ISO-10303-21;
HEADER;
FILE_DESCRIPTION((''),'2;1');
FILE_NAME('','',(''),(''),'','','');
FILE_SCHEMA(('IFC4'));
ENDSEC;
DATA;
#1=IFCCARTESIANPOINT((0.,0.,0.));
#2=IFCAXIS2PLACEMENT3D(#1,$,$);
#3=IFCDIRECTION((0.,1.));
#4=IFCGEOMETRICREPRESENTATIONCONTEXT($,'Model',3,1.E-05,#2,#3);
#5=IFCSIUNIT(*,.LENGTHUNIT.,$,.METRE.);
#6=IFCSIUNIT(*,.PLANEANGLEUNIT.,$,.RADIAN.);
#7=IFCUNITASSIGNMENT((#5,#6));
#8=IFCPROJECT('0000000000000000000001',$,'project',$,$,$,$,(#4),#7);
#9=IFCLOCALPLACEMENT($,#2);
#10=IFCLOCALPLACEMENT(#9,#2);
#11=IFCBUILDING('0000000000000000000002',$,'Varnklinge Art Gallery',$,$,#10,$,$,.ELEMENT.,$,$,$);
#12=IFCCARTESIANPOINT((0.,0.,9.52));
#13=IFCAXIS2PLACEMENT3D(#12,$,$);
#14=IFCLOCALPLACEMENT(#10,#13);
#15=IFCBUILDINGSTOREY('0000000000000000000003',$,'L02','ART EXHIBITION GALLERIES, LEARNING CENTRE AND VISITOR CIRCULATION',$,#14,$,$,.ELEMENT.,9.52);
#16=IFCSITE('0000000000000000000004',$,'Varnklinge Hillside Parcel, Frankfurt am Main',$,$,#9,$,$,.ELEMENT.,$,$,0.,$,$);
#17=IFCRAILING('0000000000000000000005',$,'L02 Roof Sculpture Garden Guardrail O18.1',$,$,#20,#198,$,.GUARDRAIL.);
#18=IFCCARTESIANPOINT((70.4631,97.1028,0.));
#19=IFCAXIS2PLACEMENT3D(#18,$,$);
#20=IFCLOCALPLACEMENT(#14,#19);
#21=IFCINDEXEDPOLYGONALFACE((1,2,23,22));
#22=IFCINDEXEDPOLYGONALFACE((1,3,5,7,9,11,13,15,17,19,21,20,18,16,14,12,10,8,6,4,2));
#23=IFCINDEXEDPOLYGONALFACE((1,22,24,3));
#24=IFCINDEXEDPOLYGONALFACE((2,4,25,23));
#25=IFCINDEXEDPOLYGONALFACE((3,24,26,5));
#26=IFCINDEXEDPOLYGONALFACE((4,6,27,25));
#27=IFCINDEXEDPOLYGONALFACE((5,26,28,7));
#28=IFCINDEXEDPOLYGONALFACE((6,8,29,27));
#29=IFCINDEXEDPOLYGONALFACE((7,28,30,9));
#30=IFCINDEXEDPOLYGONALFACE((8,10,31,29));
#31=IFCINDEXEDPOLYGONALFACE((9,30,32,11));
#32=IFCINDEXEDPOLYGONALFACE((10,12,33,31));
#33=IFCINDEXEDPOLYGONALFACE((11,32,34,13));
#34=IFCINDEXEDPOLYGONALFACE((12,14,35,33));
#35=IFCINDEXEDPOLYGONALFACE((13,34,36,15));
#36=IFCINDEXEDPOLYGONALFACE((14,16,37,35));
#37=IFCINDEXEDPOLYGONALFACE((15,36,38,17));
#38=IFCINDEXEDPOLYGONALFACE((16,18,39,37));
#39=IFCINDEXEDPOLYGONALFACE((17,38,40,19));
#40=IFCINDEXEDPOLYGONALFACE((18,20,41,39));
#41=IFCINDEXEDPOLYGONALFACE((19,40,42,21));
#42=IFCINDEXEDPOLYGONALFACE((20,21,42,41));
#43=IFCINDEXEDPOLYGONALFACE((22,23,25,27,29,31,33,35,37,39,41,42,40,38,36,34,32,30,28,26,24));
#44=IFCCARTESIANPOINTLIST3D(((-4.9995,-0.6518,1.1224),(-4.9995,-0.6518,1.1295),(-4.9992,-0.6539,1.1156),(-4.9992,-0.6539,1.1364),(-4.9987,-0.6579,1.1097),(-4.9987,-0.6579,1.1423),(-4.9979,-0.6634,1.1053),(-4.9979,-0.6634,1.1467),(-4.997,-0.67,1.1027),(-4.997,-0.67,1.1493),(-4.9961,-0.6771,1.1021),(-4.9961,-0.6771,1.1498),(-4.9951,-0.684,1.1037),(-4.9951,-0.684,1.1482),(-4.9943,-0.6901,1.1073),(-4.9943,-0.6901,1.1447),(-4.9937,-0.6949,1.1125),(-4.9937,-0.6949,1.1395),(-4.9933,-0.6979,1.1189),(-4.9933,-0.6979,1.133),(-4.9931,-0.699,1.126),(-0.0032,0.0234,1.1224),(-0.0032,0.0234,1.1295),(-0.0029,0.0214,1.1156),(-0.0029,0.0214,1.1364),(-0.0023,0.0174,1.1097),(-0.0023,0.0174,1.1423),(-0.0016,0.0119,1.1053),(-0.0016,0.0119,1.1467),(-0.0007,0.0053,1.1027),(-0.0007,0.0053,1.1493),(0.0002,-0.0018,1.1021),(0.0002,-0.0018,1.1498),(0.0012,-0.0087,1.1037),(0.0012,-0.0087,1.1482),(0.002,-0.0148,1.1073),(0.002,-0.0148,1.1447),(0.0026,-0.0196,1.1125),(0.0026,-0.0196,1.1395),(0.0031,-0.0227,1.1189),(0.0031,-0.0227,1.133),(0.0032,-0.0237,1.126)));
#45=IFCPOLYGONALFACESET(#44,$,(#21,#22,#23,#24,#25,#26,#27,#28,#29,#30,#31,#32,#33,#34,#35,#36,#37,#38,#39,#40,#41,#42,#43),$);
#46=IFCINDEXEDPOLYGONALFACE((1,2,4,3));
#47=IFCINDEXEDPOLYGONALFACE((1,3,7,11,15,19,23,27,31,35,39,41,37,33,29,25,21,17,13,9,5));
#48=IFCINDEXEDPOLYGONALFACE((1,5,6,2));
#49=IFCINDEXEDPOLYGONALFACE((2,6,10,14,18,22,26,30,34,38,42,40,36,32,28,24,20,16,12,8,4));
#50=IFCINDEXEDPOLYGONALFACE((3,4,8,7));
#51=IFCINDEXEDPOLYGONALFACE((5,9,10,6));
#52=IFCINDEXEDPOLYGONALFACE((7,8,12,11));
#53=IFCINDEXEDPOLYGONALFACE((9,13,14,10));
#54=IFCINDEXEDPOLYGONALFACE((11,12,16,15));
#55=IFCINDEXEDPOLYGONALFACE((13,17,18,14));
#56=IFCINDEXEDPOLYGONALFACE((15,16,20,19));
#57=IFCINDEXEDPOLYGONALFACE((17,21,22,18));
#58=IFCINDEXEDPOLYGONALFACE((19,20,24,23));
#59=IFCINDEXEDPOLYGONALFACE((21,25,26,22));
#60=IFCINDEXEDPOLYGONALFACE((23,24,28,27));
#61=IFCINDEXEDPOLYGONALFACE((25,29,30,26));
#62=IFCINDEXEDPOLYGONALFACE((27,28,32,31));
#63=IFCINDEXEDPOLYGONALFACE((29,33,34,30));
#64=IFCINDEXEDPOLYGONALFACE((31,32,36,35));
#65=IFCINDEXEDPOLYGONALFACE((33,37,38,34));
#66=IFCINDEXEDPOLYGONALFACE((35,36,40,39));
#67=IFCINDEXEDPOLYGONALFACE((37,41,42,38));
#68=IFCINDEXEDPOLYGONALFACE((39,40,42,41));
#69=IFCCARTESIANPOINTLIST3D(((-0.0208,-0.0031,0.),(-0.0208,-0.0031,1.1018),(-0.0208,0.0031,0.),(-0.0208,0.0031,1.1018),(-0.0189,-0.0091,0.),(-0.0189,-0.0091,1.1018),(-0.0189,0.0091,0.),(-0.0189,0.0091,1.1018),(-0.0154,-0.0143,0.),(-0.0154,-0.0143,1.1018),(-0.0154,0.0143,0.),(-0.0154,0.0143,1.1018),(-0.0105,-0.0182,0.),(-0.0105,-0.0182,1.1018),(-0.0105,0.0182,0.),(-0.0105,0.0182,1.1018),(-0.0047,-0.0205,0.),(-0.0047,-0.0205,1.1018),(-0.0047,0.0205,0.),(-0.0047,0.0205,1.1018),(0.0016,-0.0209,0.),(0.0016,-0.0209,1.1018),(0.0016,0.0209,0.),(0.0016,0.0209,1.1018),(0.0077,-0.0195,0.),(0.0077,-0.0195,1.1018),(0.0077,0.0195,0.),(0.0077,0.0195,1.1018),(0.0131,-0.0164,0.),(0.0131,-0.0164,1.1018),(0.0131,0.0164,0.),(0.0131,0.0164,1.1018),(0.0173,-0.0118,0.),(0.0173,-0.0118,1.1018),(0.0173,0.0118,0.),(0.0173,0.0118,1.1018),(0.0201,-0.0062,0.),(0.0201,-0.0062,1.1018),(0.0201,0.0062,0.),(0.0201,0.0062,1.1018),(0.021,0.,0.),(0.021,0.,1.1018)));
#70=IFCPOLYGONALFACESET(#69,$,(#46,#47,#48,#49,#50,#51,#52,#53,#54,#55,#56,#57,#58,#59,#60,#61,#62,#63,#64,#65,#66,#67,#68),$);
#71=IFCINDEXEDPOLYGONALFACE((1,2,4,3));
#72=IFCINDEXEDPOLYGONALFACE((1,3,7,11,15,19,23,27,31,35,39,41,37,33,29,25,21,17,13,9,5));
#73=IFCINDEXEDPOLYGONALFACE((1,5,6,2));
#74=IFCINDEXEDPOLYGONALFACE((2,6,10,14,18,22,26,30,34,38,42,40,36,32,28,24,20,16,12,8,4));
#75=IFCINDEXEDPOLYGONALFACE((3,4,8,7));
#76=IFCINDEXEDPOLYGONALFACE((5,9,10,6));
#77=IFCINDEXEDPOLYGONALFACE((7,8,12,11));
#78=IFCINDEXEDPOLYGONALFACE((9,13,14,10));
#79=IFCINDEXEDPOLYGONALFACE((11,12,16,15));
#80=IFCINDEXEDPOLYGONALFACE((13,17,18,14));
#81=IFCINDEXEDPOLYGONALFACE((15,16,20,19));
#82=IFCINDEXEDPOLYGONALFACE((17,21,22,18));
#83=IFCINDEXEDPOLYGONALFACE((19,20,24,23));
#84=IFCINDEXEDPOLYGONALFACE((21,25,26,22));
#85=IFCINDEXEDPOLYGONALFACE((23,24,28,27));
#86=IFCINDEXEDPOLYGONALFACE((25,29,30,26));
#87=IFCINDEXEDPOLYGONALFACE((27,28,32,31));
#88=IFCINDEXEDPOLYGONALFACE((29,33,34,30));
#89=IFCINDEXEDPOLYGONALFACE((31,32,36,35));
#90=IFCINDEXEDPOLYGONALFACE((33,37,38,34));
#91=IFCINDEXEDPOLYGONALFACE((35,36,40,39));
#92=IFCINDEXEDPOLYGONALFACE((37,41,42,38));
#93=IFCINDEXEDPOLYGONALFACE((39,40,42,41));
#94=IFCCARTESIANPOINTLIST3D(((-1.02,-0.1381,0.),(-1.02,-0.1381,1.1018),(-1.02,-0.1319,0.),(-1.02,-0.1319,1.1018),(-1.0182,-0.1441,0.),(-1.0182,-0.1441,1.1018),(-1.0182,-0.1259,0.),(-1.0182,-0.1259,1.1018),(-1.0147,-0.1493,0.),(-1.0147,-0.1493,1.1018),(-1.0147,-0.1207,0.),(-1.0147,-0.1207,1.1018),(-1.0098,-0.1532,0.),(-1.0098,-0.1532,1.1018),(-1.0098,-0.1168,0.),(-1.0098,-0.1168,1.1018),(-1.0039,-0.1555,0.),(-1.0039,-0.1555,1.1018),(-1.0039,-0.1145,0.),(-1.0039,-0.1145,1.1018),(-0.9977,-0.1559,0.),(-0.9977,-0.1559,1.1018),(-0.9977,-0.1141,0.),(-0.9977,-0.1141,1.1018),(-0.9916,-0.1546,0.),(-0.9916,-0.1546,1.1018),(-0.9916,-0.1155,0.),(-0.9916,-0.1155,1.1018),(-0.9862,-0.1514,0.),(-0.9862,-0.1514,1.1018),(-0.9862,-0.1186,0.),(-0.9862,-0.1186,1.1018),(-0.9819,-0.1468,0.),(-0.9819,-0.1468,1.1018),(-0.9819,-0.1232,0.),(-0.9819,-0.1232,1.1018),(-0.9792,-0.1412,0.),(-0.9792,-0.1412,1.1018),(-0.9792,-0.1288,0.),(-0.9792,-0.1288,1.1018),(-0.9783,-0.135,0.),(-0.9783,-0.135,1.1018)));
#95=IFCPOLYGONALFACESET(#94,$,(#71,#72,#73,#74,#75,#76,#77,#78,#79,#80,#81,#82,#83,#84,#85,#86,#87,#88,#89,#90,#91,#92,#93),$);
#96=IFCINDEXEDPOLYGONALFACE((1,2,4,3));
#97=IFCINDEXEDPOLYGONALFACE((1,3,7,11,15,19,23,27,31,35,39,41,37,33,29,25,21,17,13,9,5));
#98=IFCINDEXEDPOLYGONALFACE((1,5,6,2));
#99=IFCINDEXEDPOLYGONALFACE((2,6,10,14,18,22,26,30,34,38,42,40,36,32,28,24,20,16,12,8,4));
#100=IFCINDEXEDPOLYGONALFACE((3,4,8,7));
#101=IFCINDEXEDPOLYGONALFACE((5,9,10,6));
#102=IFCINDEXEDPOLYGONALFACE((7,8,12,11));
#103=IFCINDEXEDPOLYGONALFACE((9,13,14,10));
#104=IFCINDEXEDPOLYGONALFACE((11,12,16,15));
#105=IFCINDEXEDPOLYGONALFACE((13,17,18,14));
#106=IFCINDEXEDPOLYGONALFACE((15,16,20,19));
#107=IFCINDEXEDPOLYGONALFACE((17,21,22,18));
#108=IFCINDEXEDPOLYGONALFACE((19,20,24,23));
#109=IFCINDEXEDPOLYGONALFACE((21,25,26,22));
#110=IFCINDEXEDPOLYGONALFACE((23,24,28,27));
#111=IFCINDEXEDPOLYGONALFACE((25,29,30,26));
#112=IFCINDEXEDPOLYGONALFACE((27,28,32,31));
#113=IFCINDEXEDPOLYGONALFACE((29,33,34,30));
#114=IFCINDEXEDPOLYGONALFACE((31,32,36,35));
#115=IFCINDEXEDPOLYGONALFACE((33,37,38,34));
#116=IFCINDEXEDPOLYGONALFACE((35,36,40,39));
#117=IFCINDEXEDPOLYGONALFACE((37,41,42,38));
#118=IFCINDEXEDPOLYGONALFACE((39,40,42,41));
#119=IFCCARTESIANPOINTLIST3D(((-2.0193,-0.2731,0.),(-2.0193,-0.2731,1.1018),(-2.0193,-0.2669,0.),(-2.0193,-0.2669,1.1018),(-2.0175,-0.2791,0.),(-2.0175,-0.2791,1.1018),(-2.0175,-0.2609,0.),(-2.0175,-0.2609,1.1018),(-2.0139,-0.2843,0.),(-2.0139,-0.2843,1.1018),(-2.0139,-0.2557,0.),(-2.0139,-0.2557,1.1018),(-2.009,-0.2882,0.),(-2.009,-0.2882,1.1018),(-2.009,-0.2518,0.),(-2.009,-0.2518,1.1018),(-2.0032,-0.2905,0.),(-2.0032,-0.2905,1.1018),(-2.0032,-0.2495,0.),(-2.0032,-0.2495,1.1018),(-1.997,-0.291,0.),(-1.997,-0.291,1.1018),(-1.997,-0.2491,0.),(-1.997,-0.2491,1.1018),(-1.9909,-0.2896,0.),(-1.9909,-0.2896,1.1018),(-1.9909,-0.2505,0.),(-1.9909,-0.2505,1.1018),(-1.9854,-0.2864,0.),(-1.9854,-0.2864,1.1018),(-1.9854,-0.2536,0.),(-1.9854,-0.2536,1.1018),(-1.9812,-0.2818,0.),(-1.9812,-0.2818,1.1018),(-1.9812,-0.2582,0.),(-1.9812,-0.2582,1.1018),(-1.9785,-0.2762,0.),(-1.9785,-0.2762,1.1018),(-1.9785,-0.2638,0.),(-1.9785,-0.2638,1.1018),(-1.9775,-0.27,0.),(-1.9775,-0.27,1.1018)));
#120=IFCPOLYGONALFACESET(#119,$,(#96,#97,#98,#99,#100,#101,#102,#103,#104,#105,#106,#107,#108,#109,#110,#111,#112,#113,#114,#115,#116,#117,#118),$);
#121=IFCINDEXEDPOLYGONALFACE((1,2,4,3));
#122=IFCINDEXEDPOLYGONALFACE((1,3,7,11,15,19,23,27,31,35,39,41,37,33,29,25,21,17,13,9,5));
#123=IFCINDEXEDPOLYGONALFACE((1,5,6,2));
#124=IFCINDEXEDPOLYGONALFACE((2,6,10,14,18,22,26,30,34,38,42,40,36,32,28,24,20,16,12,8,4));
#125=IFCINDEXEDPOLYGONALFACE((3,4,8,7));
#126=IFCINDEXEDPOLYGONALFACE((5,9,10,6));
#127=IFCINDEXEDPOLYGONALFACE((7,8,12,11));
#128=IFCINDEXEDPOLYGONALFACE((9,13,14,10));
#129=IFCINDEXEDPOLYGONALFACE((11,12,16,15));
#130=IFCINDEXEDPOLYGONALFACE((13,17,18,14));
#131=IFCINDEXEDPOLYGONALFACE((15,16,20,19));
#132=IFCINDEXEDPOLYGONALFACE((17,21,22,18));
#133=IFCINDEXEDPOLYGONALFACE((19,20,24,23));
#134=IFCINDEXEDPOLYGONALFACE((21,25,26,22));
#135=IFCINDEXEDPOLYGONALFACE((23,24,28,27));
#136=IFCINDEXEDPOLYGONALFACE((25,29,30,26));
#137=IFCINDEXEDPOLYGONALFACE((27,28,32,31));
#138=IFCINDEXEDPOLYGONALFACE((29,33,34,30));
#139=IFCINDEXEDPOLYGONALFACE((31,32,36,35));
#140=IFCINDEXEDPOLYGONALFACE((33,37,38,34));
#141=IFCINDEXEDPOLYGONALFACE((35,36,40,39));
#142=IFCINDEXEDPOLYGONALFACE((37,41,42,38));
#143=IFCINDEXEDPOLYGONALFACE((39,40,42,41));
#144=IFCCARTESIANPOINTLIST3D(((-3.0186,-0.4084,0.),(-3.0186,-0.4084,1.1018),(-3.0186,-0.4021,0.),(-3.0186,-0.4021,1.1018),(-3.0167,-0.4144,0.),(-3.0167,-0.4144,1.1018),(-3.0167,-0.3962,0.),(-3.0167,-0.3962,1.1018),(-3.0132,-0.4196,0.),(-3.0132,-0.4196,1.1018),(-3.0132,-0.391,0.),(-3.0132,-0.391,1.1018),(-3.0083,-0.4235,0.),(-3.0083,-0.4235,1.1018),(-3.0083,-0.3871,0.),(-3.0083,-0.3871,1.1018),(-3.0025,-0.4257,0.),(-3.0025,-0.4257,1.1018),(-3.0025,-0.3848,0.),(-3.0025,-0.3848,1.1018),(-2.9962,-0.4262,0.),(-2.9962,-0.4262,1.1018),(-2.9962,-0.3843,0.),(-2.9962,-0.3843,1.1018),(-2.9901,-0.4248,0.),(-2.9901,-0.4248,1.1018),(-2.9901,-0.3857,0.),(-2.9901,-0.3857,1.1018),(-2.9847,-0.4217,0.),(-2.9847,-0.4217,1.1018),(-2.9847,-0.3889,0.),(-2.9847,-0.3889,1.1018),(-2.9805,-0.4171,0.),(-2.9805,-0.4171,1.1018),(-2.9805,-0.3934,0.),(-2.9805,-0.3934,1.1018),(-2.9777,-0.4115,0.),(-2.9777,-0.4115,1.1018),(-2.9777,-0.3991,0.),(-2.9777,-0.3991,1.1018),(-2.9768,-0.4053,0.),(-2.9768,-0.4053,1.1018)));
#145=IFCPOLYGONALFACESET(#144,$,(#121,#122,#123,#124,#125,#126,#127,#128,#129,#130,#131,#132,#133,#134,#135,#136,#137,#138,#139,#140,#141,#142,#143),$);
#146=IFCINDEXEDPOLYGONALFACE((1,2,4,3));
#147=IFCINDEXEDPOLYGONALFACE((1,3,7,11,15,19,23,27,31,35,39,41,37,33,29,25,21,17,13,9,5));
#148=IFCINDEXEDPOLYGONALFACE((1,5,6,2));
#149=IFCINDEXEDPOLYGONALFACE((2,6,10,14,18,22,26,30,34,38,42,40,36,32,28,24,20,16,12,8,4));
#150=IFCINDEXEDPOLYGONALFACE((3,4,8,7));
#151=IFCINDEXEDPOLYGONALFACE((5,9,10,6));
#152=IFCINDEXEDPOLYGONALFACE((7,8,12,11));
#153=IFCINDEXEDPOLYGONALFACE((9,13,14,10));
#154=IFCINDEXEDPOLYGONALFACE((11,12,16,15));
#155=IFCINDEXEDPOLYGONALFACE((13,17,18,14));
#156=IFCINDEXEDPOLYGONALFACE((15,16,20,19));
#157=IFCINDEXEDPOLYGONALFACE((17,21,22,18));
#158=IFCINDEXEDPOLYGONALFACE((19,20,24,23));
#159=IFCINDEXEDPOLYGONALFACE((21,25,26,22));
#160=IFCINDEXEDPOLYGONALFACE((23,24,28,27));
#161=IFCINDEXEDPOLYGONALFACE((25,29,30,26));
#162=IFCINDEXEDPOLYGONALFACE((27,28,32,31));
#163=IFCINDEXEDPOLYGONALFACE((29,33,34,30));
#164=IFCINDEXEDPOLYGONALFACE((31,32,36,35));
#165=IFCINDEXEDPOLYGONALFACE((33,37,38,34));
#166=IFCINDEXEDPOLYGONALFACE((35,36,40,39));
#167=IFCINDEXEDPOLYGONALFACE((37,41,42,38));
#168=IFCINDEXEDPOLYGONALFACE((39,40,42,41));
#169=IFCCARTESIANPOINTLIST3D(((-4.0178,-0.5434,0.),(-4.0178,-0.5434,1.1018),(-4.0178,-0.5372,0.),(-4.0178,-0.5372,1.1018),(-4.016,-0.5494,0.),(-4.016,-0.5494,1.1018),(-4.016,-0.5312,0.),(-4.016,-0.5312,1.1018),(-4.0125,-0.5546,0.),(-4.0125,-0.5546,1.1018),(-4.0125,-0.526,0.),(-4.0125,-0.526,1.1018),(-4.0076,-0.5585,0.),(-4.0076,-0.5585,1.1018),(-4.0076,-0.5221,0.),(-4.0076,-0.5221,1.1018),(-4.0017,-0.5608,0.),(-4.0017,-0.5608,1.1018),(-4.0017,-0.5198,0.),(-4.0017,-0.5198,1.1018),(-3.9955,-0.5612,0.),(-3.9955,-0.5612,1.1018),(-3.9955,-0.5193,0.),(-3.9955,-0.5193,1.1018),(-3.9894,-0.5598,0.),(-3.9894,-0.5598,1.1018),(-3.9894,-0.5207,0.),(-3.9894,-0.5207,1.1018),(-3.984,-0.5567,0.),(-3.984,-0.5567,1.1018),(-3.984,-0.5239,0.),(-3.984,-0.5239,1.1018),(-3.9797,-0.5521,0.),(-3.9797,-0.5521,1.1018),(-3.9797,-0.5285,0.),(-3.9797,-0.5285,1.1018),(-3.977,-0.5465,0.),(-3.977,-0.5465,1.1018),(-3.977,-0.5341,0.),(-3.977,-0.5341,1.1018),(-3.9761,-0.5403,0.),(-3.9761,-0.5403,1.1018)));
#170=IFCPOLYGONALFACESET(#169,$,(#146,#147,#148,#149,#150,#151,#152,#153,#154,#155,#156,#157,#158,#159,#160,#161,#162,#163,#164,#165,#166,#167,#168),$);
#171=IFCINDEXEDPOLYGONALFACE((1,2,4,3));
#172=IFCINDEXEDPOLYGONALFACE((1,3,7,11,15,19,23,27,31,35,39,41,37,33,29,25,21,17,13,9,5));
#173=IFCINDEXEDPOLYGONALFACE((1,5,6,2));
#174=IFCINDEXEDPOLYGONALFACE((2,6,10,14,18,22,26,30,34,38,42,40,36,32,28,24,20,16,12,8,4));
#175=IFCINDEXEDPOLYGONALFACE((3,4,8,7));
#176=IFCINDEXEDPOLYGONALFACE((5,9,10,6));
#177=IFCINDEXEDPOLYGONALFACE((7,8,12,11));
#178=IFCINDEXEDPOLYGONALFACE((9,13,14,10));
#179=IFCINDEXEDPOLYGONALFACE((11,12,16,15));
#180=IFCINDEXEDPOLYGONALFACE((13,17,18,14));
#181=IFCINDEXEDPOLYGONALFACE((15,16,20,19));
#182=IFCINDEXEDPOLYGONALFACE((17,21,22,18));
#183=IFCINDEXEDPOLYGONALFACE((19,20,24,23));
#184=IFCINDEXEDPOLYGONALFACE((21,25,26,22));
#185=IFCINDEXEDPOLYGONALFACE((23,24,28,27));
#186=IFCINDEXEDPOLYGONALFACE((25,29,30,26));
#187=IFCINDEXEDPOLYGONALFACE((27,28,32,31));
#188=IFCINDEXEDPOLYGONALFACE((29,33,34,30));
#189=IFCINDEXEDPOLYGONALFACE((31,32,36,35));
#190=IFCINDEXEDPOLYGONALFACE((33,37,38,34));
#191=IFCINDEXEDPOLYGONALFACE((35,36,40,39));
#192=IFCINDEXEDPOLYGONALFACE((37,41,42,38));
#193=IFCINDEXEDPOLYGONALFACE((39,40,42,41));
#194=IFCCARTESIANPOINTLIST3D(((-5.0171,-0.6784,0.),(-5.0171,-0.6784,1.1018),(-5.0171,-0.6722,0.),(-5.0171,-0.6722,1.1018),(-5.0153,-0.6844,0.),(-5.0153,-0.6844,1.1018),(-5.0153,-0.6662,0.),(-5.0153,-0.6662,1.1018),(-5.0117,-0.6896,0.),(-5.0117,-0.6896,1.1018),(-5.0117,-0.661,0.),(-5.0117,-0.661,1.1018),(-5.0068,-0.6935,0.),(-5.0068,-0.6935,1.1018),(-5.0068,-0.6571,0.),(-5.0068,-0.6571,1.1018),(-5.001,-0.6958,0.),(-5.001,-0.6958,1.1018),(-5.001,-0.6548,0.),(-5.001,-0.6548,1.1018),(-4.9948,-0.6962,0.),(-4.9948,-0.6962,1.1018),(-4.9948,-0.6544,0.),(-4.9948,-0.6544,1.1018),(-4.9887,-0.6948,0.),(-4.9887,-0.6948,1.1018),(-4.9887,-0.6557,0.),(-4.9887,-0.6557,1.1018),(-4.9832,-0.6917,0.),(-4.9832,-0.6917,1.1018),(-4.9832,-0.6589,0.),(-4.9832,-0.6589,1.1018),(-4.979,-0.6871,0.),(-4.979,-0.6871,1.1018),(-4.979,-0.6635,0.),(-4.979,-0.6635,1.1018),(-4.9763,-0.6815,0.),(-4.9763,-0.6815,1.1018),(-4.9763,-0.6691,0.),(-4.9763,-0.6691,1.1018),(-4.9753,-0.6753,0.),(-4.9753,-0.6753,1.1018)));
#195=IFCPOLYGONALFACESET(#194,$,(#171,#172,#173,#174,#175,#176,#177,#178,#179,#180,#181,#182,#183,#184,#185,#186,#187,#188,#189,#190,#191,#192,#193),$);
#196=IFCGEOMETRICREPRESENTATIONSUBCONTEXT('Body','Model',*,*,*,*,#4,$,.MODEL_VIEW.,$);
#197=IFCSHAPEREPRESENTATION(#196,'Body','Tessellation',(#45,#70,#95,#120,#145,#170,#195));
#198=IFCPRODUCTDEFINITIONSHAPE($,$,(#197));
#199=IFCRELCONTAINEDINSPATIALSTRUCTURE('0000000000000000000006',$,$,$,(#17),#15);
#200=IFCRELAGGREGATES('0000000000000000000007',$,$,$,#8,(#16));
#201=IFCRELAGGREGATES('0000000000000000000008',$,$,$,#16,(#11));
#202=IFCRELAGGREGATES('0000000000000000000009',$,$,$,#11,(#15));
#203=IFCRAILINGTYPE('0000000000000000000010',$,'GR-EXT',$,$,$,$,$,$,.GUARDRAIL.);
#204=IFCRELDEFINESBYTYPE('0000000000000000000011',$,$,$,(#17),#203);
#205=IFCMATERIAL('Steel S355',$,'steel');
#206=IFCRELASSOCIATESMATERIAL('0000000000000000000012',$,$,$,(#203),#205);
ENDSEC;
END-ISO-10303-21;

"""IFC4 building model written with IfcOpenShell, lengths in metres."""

from ifc_helpers import new_model, si_unit, direction, frame, origin, origin_2d, place, context, subcontext, project, spatial, circle, extrude, material, type_object, element, save


model = new_model("IFC4")

# Units and contexts
model_context = context("Model", 3, precision=1e-05, world=origin(), true_north=direction((0.0, 1.0)))
body_context = subcontext(model_context, "Body", "Model", "MODEL_VIEW")
ifc_project = project(units=[si_unit("LENGTHUNIT", "METRE"), si_unit("PLANEANGLEUNIT", "RADIAN")], contexts=[model_context])

# Site, building, storey
site_placement = place(None, origin())
site = spatial("IfcSite", under=ifc_project, at=site_placement, Name="Varnklinge Hillside Parcel, Frankfurt am Main", CompositionType="ELEMENT", RefElevation=0.0)
building_placement = place(site_placement, origin())
building = spatial("IfcBuilding", under=site, at=building_placement, Name="Varnklinge Art Gallery", CompositionType="ELEMENT")
storey_placement = place(building_placement, frame((0.0, 0.0, 9.52)))
storey = spatial("IfcBuildingStorey", under=building, at=storey_placement, Name="L02", Description="ART EXHIBITION GALLERIES, LEARNING CENTRE AND VISITOR CIRCULATION", CompositionType="ELEMENT", Elevation=9.52)

# Railing
ifc_material_1 = material(Name="Steel S355", Category="steel")
railing_type = type_object("IfcRailingType", Name="GR-EXT", PredefinedType="GUARDRAIL", material=ifc_material_1)
railing_1_placement = place(storey_placement, frame((70.4631, 97.1028, 0.0)))
element("IfcRailing", 1, at=railing_1_placement, inside=storey, type_object=railing_type, Name="L02 Roof Sculpture Garden Guardrail O18.1", PredefinedType="GUARDRAIL", context=body_context, shape_type="SweptSolid", body=[
    extrude(circle(Radius=0.0239, at=origin_2d()), frame((0.0, 0.0, 1.126), z_axis=(-0.990989, -0.13394, 0.0), x_axis=(0.13394, -0.990989, 0.0)), (0.0, 0.0, 1.0), 5.0417),
    extrude(circle(Radius=0.021, at=origin_2d()), origin(), (0.0, 0.0, 1.0), 1.1018),
    extrude(circle(Radius=0.021, at=origin_2d()), frame((-0.9993, -0.135, 0.0)), (0.0, 0.0, 1.0), 1.1018),
    extrude(circle(Radius=0.021, at=origin_2d()), frame((-1.9985, -0.27, 0.0)), (0.0, 0.0, 1.0), 1.1018),
    extrude(circle(Radius=0.021, at=origin_2d()), frame((-2.9978, -0.4053, 0.0)), (0.0, 0.0, 1.0), 1.1018),
    extrude(circle(Radius=0.021, at=origin_2d()), frame((-3.9971, -0.5403, 0.0)), (0.0, 0.0, 1.0), 1.1018),
    extrude(circle(Radius=0.021, at=origin_2d()), frame((-4.9963, -0.6753, 0.0)), (0.0, 0.0, 1.0), 1.1018),
])

save(model, "model.ifc")
